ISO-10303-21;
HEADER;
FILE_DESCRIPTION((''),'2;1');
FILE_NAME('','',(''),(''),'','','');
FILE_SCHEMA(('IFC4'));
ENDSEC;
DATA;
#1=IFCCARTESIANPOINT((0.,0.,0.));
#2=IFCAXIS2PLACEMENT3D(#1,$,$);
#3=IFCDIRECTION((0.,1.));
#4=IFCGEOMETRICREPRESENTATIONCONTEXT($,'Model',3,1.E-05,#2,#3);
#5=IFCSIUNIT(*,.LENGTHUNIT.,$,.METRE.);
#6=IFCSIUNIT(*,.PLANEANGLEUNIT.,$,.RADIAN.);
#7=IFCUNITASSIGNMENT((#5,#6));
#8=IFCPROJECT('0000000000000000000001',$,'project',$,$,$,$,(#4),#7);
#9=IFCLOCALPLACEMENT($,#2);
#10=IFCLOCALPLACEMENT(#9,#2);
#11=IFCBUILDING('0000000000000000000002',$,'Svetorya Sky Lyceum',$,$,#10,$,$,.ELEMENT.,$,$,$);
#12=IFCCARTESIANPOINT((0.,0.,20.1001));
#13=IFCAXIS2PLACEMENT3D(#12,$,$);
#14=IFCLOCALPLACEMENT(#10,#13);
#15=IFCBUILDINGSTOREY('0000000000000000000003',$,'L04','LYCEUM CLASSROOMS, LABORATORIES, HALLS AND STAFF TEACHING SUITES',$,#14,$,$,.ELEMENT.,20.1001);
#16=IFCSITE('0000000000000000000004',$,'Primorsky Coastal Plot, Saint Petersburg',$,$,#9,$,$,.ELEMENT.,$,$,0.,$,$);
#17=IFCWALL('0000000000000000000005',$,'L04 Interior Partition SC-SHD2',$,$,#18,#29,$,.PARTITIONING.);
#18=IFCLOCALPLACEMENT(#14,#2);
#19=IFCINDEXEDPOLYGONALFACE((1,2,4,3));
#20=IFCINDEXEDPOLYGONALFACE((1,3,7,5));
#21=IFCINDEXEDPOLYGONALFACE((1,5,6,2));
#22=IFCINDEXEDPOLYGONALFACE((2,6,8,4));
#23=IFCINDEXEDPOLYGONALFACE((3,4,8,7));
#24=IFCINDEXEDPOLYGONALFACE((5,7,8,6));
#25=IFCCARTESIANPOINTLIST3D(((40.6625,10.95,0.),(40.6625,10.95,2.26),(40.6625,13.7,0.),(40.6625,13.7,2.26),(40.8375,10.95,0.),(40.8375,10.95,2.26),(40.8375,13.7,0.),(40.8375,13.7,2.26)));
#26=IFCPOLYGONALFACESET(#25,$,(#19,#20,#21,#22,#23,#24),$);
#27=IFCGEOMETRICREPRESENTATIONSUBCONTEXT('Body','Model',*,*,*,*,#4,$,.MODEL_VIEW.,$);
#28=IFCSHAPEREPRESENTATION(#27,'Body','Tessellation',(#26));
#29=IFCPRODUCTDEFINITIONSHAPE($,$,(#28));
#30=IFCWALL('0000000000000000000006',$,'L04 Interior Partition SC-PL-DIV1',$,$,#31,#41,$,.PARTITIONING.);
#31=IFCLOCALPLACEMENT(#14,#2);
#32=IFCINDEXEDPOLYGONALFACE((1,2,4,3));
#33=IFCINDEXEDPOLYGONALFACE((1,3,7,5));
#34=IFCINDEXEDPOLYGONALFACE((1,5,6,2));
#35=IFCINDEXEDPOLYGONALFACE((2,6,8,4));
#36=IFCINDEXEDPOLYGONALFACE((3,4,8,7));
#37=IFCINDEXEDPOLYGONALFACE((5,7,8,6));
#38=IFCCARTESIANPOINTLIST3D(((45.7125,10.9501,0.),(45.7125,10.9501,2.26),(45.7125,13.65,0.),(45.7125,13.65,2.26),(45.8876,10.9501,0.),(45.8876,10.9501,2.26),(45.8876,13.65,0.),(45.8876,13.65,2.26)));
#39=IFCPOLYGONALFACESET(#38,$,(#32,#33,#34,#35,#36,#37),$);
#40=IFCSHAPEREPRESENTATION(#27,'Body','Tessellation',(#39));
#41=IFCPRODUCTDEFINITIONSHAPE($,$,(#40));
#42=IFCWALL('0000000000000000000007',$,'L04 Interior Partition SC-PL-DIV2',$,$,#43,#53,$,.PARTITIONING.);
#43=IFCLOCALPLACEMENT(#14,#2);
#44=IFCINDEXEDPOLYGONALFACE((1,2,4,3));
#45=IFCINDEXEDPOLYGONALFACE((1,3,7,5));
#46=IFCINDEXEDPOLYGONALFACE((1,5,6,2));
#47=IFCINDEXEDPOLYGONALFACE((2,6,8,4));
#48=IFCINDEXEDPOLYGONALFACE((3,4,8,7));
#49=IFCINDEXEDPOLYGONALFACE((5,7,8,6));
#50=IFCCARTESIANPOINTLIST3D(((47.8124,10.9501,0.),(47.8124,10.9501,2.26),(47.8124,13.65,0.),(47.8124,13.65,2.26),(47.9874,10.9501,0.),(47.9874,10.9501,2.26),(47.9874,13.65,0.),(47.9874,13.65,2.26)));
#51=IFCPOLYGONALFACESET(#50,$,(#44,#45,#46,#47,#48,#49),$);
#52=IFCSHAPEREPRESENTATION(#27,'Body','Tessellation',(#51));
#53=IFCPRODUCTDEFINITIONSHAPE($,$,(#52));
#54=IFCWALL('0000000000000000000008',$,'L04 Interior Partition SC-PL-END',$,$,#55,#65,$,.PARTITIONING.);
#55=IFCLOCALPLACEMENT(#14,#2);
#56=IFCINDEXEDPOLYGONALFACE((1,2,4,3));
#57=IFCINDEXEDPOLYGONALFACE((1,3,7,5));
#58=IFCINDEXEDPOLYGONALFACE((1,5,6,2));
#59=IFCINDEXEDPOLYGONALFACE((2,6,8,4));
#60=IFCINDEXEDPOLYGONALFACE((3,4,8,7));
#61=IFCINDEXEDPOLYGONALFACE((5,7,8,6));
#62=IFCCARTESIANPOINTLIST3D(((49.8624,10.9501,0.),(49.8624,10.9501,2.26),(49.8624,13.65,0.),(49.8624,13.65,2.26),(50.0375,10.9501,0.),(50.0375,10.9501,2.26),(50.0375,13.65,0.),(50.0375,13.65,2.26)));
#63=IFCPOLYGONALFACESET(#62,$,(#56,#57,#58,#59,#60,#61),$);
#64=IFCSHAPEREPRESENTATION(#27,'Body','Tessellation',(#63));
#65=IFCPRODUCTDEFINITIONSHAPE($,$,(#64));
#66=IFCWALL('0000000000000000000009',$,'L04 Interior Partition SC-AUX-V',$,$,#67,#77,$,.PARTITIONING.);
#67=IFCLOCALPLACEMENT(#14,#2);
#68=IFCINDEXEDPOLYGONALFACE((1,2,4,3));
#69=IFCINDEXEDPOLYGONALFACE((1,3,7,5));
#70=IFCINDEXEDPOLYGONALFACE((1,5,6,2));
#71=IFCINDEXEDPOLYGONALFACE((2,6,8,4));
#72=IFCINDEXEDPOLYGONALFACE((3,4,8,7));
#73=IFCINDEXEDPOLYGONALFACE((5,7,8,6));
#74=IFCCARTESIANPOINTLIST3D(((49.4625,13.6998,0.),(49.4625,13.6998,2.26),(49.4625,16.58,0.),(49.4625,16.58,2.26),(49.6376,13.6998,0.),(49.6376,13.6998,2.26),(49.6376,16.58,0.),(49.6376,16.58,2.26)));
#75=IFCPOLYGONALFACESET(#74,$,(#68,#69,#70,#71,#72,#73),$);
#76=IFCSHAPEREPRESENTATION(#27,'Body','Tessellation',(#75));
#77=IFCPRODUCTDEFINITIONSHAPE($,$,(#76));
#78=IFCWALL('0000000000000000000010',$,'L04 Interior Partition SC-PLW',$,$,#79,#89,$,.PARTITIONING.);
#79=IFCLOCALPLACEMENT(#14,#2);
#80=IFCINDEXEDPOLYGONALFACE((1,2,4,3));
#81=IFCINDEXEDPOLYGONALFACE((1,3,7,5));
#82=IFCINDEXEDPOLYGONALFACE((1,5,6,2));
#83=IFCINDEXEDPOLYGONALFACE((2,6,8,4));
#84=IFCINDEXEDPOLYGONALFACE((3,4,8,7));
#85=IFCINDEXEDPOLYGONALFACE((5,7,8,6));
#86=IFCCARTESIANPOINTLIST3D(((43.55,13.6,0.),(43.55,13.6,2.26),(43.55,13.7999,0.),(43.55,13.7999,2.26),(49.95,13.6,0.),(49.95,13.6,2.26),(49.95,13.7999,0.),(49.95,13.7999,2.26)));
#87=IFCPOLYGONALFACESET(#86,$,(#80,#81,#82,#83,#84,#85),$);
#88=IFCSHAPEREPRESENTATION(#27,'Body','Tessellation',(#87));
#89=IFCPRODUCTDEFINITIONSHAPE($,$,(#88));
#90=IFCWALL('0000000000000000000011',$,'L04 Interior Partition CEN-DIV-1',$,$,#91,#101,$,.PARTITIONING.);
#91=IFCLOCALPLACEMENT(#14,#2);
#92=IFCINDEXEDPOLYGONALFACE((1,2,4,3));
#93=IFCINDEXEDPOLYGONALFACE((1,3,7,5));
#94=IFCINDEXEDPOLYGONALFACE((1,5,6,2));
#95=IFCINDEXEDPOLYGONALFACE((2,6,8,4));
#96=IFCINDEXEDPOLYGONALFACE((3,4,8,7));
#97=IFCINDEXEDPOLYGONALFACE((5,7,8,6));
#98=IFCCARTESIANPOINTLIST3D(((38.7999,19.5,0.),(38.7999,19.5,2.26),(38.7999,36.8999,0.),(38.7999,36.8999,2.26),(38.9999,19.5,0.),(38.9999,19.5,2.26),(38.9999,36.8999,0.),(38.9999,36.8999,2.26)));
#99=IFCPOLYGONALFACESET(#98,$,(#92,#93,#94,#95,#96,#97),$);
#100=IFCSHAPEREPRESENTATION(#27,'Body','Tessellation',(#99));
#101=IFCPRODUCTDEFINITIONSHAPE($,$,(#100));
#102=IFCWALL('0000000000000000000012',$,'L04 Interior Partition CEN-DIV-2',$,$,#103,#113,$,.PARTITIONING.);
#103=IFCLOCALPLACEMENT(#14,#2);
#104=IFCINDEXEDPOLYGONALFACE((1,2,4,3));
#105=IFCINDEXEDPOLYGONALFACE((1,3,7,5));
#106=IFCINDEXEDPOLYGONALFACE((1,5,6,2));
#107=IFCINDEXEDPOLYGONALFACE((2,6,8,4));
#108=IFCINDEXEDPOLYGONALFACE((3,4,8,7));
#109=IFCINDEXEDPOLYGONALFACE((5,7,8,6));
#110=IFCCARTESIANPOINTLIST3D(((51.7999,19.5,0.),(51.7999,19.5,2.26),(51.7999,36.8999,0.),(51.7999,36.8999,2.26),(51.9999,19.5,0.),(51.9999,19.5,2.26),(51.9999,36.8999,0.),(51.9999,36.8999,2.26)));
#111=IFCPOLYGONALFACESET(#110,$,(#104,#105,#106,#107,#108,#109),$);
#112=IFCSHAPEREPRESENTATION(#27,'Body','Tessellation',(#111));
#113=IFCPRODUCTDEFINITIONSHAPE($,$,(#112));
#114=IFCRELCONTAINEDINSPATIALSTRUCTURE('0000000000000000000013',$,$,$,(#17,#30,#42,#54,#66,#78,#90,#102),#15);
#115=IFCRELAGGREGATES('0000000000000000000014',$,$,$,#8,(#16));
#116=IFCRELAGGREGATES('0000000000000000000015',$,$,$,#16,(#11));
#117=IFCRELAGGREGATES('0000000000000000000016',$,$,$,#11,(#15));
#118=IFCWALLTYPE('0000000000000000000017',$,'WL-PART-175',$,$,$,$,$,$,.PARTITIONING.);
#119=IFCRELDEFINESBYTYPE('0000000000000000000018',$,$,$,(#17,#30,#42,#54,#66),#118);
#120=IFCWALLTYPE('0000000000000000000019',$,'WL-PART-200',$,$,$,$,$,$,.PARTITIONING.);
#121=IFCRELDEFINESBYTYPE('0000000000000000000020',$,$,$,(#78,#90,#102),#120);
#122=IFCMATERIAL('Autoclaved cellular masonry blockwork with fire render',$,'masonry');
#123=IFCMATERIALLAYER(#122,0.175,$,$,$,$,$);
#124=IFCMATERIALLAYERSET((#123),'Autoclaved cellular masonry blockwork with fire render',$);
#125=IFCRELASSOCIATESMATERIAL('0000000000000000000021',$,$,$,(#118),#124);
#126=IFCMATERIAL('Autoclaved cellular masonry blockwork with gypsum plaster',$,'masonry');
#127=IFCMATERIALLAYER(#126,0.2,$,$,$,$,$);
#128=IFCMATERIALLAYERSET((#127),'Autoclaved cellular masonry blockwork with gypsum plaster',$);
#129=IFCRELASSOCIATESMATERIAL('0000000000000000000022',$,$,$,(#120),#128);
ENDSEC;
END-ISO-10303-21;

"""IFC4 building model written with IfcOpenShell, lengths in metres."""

from ifc_helpers import new_model, si_unit, direction, frame, frame_2d, origin, place, context, subcontext, project, spatial, rectangle, extrude, material, layer, layer_set, type_object, element, save


model = new_model("IFC4")

# Units and contexts
model_context = context("Model", 3, precision=1e-05, world=origin(), true_north=direction((0.0, 1.0)))
body_context = subcontext(model_context, "Body", "Model", "MODEL_VIEW")
ifc_project = project(units=[si_unit("LENGTHUNIT", "METRE"), si_unit("PLANEANGLEUNIT", "RADIAN")], contexts=[model_context])

# Site, building, storey
site_placement = place(None, origin())
site = spatial("IfcSite", under=ifc_project, at=site_placement, Name="Primorsky Coastal Plot, Saint Petersburg", CompositionType="ELEMENT", RefElevation=0.0)
building_placement = place(site_placement, origin())
building = spatial("IfcBuilding", under=site, at=building_placement, Name="Svetorya Sky Lyceum", CompositionType="ELEMENT")
storey_placement = place(building_placement, frame((0.0, 0.0, 20.1001)))
storey = spatial("IfcBuildingStorey", under=building, at=storey_placement, Name="L04", Description="LYCEUM CLASSROOMS, LABORATORIES, HALLS AND STAFF TEACHING SUITES", CompositionType="ELEMENT", Elevation=20.1001)

# Walls
ifc_material_1 = material(Name="Autoclaved cellular masonry blockwork with fire render", Category="masonry")
ifc_layer_1 = layer(ifc_material_1, 0.175)
ifc_layer_set_1 = layer_set([ifc_layer_1], Name="Autoclaved cellular masonry blockwork with fire render")
wall_type_1 = type_object("IfcWallType", Name="WL-PART-175", PredefinedType="PARTITIONING", material=ifc_layer_set_1)
wall_1_placement = place(storey_placement, frame((40.75, 10.95, 0.0), z_axis=(0.0, 0.0, 1.0), x_axis=(0.0, 1.0, 0.0)))
element("IfcWall", 1, at=wall_1_placement, inside=storey, type_object=wall_type_1, Name="L04 Interior Partition SC-SHD2", PredefinedType="PARTITIONING", context=body_context, shape_type="SweptSolid", body=[
    extrude(rectangle(XDim=2.75, YDim=0.175, at=frame_2d((1.375, 0.0))), origin(), (0.0, 0.0, 1.0), 2.26),
])
for number, where, z_axis, x_axis, name in (
    (2, (45.8, 10.95, 0.0), (0.0, 0.0, 1.0), (0.0, 1.0, 0.0), "L04 Interior Partition SC-PL-DIV1"),
    (3, (47.8999, 10.95, 0.0), (0.0, 0.0, 1.0), (0.0, 1.0, 0.0), "L04 Interior Partition SC-PL-DIV2"),
    (4, (49.95, 10.95, 0.0), (0.0, 0.0, 1.0), (0.0, 1.0, 0.0), "L04 Interior Partition SC-PL-END"),
):
    element("IfcWall", number, at=place(storey_placement, frame(where, z_axis=z_axis, x_axis=x_axis)), inside=storey, type_object=wall_type_1, Name=name, PredefinedType="PARTITIONING", context=body_context, shape_type="SweptSolid", body=[
        extrude(rectangle(XDim=2.7, YDim=0.175, at=frame_2d((1.3501, 0.0))), origin(), (0.0, 0.0, 1.0), 2.26),
    ])
wall_2_placement = place(storey_placement, frame((49.55, 13.7, 0.0), z_axis=(0.0, 0.0, 1.0), x_axis=(0.0, 1.0, 0.0)))
element("IfcWall", 5, at=wall_2_placement, inside=storey, type_object=wall_type_1, Name="L04 Interior Partition SC-AUX-V", PredefinedType="PARTITIONING", context=body_context, shape_type="SweptSolid", body=[
    extrude(rectangle(XDim=2.8801, YDim=0.175, at=frame_2d((1.4399, 0.0))), origin(), (0.0, 0.0, 1.0), 2.26),
])

# Shared definitions
ifc_material_2 = material(Name="Autoclaved cellular masonry blockwork with gypsum plaster", Category="masonry")
ifc_layer_2 = layer(ifc_material_2, 0.2)
ifc_layer_set_2 = layer_set([ifc_layer_2], Name="Autoclaved cellular masonry blockwork with gypsum plaster")
wall_type_2 = type_object("IfcWallType", Name="WL-PART-200", PredefinedType="PARTITIONING", material=ifc_layer_set_2)

# Walls
wall_3_placement = place(storey_placement, frame((43.55, 13.7, 0.0), z_axis=(0.0, 0.0, 1.0), x_axis=(1.0, 0.0, 0.0)))
element("IfcWall", 6, at=wall_3_placement, inside=storey, type_object=wall_type_2, Name="L04 Interior Partition SC-PLW", PredefinedType="PARTITIONING", context=body_context, shape_type="SweptSolid", body=[
    extrude(rectangle(XDim=6.3999, YDim=0.2, at=frame_2d((3.2, 0.0))), origin(), (0.0, 0.0, 1.0), 2.26),
])
for number, where, z_axis, x_axis, name in (
    (7, (38.8999, 19.5, 0.0), (0.0, 0.0, 1.0), (0.0, 1.0, 0.0), "L04 Interior Partition CEN-DIV-1"),
    (8, (51.8999, 19.5, 0.0), (0.0, 0.0, 1.0), (0.0, 1.0, 0.0), "L04 Interior Partition CEN-DIV-2"),
):
    element("IfcWall", number, at=place(storey_placement, frame(where, z_axis=z_axis, x_axis=x_axis)), inside=storey, type_object=wall_type_2, Name=name, PredefinedType="PARTITIONING", context=body_context, shape_type="SweptSolid", body=[
        extrude(rectangle(XDim=17.3999, YDim=0.2, at=frame_2d((8.7, 0.0))), origin(), (0.0, 0.0, 1.0), 2.26),
    ])

save(model, "model.ifc")
